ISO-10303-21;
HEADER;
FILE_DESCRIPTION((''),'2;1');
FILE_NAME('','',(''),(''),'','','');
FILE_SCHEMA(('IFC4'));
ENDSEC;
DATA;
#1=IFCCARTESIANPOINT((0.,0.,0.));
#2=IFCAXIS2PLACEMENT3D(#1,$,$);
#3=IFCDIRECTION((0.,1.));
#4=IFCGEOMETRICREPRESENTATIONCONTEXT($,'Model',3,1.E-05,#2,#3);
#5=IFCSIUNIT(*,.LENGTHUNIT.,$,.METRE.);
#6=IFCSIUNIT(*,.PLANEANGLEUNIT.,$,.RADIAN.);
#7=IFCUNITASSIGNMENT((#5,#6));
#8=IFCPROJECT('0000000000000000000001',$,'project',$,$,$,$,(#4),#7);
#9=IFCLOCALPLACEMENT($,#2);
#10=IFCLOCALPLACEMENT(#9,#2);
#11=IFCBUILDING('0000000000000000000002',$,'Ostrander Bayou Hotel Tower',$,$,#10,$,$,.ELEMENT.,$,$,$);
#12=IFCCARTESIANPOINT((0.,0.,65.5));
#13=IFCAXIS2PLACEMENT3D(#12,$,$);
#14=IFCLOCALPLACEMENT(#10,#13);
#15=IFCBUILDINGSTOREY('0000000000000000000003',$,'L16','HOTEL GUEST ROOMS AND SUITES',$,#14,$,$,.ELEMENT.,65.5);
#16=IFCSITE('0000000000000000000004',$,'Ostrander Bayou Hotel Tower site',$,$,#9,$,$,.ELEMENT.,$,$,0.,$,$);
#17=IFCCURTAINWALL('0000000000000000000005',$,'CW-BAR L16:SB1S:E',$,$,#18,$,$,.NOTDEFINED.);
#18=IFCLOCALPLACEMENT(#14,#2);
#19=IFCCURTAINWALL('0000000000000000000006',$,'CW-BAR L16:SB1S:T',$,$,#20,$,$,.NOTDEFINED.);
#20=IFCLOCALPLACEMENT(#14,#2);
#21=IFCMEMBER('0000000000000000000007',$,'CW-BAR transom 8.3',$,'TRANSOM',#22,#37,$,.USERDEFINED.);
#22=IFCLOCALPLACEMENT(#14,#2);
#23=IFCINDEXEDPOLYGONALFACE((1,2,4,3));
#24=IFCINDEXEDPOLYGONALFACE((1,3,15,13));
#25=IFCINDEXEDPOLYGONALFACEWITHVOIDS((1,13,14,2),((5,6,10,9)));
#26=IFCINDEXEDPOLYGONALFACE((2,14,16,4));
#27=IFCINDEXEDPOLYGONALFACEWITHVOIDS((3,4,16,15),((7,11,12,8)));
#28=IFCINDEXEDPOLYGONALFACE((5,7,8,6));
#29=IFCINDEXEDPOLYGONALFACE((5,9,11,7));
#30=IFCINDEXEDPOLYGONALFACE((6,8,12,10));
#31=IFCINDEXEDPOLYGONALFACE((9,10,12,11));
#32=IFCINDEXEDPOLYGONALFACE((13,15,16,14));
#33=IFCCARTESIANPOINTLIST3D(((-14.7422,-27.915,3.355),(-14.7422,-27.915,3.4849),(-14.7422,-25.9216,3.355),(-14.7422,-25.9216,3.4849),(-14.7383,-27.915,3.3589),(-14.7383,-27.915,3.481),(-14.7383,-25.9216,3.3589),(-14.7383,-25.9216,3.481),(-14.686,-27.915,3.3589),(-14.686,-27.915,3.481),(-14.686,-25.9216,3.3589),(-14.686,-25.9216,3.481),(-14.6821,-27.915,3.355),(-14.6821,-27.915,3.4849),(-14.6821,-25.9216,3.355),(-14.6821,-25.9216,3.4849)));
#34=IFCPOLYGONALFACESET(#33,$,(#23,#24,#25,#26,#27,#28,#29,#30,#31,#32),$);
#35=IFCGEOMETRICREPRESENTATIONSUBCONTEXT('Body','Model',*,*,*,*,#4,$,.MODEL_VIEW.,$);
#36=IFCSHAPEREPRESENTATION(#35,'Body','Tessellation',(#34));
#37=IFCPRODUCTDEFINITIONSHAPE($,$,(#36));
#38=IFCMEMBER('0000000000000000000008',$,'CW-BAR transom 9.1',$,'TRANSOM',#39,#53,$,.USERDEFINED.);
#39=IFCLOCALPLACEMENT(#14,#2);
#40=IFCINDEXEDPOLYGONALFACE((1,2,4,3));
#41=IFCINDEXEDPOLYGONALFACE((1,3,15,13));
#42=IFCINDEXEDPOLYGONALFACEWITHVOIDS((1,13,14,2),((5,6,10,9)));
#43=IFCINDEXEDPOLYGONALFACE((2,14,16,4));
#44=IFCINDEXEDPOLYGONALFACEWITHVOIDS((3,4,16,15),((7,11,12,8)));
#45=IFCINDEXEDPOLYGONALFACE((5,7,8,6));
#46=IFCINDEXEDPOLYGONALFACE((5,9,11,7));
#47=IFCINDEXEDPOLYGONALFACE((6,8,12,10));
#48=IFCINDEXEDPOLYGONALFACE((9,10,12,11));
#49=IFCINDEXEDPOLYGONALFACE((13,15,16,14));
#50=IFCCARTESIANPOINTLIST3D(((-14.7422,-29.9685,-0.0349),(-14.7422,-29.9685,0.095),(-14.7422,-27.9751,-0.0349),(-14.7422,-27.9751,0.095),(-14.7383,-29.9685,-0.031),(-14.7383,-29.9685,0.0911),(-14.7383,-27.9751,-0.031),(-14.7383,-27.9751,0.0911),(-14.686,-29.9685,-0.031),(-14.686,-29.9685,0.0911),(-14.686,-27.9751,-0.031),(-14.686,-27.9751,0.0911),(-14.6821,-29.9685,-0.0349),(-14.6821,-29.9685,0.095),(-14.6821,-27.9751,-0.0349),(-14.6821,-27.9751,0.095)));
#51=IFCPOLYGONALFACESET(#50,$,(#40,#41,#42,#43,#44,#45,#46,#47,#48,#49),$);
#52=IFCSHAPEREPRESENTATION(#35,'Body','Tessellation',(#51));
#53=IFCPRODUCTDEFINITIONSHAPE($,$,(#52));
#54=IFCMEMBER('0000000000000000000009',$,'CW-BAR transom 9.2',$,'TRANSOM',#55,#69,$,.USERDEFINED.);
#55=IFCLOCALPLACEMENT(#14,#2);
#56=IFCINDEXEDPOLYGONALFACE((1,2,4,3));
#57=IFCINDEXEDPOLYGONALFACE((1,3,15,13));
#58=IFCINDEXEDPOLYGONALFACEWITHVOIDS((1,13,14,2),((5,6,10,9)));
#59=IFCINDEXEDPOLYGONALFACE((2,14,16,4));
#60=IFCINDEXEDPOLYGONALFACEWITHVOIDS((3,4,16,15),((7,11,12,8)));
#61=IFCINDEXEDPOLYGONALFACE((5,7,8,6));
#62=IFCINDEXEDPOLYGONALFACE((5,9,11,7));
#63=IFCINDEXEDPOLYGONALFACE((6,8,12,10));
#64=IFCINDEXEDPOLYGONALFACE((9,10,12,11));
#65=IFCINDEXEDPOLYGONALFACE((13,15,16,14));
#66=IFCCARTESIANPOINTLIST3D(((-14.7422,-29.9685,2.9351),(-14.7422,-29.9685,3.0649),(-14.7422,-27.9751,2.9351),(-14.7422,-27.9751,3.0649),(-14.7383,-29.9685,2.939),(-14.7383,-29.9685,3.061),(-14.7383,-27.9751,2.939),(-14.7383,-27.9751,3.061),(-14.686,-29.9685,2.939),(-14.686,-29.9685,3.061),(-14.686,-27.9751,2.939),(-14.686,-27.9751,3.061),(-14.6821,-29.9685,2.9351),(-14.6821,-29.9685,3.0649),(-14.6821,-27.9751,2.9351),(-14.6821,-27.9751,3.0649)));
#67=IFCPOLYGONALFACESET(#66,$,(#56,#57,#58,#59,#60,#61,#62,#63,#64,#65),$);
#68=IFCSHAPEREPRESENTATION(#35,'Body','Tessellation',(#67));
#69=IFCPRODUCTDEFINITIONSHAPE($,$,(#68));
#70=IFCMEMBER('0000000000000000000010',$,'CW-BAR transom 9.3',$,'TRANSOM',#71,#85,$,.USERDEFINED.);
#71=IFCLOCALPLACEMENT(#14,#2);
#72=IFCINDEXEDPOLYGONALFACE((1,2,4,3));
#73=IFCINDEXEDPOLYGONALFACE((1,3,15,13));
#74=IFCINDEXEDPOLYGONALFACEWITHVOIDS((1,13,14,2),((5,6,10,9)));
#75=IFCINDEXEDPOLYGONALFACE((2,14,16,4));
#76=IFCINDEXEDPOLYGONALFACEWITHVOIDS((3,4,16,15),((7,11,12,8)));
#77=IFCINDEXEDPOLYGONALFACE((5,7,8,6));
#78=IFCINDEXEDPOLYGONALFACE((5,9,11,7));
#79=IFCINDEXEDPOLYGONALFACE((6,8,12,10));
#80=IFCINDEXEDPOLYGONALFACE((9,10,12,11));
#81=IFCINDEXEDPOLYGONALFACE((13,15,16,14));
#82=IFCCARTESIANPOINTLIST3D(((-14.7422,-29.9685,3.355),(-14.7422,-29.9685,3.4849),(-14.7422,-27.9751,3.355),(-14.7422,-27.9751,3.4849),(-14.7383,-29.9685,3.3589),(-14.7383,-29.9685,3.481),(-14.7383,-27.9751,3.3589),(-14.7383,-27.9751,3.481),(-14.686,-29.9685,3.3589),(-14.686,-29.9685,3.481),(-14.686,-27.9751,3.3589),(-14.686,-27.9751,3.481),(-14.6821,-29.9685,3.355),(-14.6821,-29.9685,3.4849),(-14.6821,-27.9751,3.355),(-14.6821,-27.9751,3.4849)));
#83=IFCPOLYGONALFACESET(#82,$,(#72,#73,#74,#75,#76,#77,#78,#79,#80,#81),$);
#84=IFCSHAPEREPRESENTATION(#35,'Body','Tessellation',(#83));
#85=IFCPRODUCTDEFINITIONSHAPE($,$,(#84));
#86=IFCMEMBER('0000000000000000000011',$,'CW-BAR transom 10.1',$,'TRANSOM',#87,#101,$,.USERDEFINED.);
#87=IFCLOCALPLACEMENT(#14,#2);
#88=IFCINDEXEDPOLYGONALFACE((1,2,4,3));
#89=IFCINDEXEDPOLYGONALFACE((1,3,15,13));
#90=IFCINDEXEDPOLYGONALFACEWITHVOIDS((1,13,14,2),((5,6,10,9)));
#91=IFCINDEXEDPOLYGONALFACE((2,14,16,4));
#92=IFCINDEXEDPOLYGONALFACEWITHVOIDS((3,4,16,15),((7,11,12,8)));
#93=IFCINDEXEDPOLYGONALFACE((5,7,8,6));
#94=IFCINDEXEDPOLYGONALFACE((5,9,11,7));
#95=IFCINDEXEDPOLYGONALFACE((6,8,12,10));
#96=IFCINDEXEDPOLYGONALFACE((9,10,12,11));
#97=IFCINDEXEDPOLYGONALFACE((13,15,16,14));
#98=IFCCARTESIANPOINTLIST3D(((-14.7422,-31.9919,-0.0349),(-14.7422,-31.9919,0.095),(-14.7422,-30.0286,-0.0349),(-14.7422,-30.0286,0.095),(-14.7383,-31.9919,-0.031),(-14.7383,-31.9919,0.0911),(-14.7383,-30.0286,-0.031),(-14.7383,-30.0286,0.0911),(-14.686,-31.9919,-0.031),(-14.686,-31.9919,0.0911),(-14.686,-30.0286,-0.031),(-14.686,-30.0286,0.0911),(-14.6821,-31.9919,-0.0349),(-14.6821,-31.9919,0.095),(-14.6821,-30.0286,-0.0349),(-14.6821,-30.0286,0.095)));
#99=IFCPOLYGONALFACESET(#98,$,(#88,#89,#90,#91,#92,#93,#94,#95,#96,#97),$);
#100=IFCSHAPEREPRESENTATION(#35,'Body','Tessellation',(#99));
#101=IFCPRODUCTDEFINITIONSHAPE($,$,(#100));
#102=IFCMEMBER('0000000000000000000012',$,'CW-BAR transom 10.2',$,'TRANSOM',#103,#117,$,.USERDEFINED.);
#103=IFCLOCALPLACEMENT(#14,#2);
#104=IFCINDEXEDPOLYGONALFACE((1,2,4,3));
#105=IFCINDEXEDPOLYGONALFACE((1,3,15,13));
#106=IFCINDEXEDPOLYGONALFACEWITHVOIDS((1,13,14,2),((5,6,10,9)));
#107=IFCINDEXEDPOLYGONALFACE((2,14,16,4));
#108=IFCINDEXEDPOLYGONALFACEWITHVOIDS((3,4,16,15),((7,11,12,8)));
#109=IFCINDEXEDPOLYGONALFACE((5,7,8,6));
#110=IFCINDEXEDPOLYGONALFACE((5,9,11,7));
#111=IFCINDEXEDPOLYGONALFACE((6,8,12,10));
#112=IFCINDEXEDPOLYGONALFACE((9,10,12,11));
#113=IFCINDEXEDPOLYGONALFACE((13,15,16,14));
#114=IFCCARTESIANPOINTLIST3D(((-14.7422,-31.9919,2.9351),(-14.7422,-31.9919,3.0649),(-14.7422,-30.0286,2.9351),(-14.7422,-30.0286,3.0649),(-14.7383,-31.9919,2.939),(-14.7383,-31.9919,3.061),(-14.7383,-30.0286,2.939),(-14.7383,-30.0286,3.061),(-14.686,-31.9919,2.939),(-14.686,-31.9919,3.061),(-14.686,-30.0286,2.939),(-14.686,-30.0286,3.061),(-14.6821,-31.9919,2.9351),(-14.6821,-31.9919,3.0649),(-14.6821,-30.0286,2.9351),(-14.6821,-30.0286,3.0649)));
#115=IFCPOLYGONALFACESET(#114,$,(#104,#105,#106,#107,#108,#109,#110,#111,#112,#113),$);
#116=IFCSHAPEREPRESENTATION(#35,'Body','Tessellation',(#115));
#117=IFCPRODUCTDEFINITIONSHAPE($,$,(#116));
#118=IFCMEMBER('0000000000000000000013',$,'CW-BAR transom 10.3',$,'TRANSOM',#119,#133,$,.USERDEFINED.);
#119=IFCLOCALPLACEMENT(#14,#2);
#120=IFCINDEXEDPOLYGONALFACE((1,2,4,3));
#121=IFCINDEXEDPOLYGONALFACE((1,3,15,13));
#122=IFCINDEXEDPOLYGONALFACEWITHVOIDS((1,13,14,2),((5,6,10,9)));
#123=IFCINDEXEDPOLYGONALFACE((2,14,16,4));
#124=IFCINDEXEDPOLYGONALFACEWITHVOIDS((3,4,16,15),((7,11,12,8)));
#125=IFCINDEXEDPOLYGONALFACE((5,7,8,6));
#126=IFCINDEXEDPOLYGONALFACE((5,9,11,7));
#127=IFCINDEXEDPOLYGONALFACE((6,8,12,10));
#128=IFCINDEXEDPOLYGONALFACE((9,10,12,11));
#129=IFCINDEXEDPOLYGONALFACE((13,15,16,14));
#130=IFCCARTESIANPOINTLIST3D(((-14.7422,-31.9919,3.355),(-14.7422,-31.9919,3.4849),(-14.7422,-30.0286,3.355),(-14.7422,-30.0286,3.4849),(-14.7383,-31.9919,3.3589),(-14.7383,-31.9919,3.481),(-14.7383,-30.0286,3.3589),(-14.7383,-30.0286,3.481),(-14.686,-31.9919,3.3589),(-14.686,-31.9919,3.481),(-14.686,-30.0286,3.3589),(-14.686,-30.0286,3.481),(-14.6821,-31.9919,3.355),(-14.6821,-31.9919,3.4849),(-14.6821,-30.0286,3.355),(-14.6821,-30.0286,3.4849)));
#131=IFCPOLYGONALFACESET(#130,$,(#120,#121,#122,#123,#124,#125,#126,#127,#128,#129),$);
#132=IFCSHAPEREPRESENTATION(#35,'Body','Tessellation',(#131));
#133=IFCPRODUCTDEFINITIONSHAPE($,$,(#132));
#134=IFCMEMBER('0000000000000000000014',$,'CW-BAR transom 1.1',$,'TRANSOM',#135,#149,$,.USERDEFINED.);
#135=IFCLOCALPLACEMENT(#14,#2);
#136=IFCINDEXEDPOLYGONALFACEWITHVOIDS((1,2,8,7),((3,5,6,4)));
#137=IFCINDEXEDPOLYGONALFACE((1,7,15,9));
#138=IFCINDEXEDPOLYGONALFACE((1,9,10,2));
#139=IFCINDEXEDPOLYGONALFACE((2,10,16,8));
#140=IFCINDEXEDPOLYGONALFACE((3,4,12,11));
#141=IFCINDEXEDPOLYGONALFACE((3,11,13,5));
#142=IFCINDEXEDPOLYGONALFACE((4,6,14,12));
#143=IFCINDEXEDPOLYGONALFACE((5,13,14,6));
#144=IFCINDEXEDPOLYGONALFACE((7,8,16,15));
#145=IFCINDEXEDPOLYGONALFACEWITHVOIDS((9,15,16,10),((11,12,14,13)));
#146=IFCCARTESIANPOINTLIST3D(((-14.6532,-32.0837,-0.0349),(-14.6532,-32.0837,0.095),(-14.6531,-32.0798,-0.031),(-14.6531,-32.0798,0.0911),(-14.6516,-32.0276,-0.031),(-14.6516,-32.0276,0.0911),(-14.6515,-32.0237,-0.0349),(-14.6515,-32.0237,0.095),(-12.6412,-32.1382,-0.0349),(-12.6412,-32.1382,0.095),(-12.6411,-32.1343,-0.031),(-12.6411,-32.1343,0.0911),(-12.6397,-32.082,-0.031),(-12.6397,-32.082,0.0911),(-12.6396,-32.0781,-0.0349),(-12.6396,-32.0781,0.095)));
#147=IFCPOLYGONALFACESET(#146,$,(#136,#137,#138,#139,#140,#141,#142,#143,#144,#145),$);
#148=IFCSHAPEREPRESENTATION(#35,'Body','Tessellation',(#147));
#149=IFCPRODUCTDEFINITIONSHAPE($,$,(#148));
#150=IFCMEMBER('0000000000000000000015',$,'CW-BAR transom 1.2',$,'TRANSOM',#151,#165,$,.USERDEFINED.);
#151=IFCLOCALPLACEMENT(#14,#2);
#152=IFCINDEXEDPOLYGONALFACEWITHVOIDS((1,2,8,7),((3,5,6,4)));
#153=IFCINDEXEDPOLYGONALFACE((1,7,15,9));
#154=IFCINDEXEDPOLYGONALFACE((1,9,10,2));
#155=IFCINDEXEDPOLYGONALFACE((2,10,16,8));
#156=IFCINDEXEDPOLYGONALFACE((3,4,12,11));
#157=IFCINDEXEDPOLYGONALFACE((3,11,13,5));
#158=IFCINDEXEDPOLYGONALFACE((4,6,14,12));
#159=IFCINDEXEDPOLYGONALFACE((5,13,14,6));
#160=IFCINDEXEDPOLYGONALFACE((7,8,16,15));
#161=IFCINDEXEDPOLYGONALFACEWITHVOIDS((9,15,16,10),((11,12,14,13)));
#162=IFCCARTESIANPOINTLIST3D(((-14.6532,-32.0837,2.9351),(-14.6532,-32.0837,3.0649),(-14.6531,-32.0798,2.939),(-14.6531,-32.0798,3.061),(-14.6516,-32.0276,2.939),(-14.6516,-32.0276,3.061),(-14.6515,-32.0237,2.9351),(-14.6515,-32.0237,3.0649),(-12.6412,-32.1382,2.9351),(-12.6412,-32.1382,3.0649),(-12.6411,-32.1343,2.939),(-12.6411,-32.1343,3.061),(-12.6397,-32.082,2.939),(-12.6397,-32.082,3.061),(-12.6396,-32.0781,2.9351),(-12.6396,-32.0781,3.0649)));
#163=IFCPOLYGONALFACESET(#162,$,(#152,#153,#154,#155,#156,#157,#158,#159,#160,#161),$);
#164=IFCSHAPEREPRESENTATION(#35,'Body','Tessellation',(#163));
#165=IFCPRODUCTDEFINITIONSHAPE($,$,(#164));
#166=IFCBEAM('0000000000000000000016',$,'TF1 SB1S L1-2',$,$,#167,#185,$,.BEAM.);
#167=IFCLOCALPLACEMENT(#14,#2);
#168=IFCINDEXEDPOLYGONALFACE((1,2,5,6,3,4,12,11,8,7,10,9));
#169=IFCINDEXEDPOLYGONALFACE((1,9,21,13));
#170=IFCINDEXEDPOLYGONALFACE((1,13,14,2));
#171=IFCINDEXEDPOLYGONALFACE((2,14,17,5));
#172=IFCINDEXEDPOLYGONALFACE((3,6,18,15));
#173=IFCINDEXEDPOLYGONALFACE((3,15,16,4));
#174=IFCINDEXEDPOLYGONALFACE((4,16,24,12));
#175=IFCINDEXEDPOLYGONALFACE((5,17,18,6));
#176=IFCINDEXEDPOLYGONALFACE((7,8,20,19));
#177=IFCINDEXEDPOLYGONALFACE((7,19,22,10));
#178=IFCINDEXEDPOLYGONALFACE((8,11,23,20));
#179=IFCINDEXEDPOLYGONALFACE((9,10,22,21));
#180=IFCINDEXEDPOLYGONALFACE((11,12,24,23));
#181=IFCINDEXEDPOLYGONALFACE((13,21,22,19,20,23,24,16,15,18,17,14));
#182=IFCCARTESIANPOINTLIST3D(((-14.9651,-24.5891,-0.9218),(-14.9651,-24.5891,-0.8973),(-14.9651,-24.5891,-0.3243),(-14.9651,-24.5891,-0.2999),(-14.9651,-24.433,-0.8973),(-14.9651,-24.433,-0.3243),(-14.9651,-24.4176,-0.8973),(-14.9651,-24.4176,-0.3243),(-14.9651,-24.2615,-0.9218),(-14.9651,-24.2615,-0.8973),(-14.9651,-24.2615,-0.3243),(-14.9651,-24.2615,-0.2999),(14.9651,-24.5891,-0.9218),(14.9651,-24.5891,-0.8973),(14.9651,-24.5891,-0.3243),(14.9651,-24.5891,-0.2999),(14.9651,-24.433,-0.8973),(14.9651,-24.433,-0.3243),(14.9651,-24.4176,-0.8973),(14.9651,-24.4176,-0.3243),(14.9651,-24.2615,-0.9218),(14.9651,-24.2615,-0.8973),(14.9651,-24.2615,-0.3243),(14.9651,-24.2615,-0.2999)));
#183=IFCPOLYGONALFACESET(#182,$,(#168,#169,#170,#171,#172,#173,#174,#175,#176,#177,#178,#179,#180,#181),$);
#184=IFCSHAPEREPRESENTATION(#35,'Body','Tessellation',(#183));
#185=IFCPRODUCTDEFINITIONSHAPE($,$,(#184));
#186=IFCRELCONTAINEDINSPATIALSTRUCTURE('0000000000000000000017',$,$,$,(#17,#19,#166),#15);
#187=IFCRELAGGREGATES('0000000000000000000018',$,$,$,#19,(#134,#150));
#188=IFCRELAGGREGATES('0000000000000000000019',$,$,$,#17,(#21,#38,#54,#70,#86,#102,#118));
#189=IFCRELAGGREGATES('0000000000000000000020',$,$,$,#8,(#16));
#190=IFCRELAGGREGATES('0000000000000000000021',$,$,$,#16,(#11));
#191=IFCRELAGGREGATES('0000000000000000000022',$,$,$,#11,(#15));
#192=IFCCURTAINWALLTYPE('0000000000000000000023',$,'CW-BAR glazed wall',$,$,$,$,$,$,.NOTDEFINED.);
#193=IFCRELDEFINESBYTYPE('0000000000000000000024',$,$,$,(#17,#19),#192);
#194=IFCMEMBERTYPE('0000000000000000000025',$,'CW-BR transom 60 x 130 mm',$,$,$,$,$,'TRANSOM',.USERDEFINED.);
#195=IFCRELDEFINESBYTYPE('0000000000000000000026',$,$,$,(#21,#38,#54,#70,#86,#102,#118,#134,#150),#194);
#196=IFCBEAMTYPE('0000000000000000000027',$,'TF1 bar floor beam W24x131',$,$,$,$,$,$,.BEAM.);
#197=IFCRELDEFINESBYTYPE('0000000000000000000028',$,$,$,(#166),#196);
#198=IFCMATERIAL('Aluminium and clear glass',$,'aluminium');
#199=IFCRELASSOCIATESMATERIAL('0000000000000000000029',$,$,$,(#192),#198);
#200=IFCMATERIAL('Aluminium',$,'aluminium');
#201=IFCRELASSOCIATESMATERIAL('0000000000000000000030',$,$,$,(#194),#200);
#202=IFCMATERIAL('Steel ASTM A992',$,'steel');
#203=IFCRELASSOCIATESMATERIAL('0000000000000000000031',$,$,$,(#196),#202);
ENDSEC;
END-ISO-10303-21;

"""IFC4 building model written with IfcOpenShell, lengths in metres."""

from ifc_helpers import new_model, si_unit, direction, frame, origin, origin_2d, place, context, subcontext, project, spatial, hollow_rectangle, i_section, extrude, material, material_profile, profile_set, type_object, element, aggregate, save


model = new_model("IFC4")

# Units and contexts
model_context = context("Model", 3, precision=1e-05, world=origin(), true_north=direction((0.0, 1.0)))
body_context = subcontext(model_context, "Body", "Model", "MODEL_VIEW")
ifc_project = project(units=[si_unit("LENGTHUNIT", "METRE"), si_unit("PLANEANGLEUNIT", "RADIAN")], contexts=[model_context])

# Site, building, storey
site_placement = place(None, origin())
site = spatial("IfcSite", under=ifc_project, at=site_placement, Name="Ostrander Bayou Hotel Tower site", CompositionType="ELEMENT", RefElevation=0.0)
building_placement = place(site_placement, origin())
building = spatial("IfcBuilding", under=site, at=building_placement, Name="Ostrander Bayou Hotel Tower", CompositionType="ELEMENT")
storey_placement = place(building_placement, frame((0.0, 0.0, 65.5)))
storey = spatial("IfcBuildingStorey", under=building, at=storey_placement, Name="L16", Description="HOTEL GUEST ROOMS AND SUITES", CompositionType="ELEMENT", Elevation=65.5)

# Curtain wall
ifc_material_1 = material(Name="Aluminium and clear glass", Category="aluminium")
curtain_wall_type = type_object("IfcCurtainWallType", Name="CW-BAR glazed wall", PredefinedType="NOTDEFINED", material=ifc_material_1)
curtain_wall_1_placement = place(storey_placement, origin())
curtain_wall_1 = element("IfcCurtainWall", 1, at=curtain_wall_1_placement, inside=storey, type_object=curtain_wall_type, Name="CW-BAR L16:SB1S:E", PredefinedType="NOTDEFINED")

# Curtain wall
curtain_wall_2_placement = place(storey_placement, origin())
curtain_wall_2 = element("IfcCurtainWall", 2, at=curtain_wall_2_placement, inside=storey, type_object=curtain_wall_type, Name="CW-BAR L16:SB1S:T", PredefinedType="NOTDEFINED")

# Members
ifc_material_2 = material(Name="Aluminium", Category="aluminium")
ifc_material_profile_1 = material_profile(ifc_material_2, hollow_rectangle(XDim=0.0601, YDim=0.1299, WallThickness=0.0039, at=origin_2d()))
ifc_profile_set_1 = profile_set([ifc_material_profile_1], Name="Aluminium")
member_type_1 = type_object("IfcMemberType", Name="CW-BR transom 60 x 130 mm", ElementType="TRANSOM", PredefinedType="USERDEFINED", material=ifc_profile_set_1)
member_1_placement = place(storey_placement, frame((-14.7122, -25.9216, 3.4199), z_axis=(0.0, -1.0, 0.0), x_axis=(1.0, 0.0, 0.0)))
member_1 = element("IfcMember", 3, at=member_1_placement, type_object=member_type_1, Name="CW-BAR transom 8.3", ObjectType="TRANSOM", PredefinedType="USERDEFINED", context=body_context, shape_type="SweptSolid", body=[
    extrude(hollow_rectangle(XDim=0.0601, YDim=0.1299, WallThickness=0.0039, at=origin_2d()), origin(), (0.0, 0.0, 1.0), 1.9934),
])
member_2_placement = place(storey_placement, frame((-14.7122, -27.9751, 0.03), z_axis=(0.0, -1.0, 0.0), x_axis=(1.0, 0.0, 0.0)))
member_2 = element("IfcMember", 4, at=member_2_placement, type_object=member_type_1, Name="CW-BAR transom 9.1", ObjectType="TRANSOM", PredefinedType="USERDEFINED", context=body_context, shape_type="SweptSolid", body=[
    extrude(hollow_rectangle(XDim=0.0601, YDim=0.1299, WallThickness=0.0039, at=origin_2d()), origin(), (0.0, 0.0, 1.0), 1.9934),
])
member_3_placement = place(storey_placement, frame((-14.7122, -27.9751, 3.0), z_axis=(0.0, -1.0, 0.0), x_axis=(1.0, 0.0, 0.0)))
member_3 = element("IfcMember", 5, at=member_3_placement, type_object=member_type_1, Name="CW-BAR transom 9.2", ObjectType="TRANSOM", PredefinedType="USERDEFINED", context=body_context, shape_type="SweptSolid", body=[
    extrude(hollow_rectangle(XDim=0.0601, YDim=0.1299, WallThickness=0.0039, at=origin_2d()), origin(), (0.0, 0.0, 1.0), 1.9934),
])
member_4_placement = place(storey_placement, frame((-14.7122, -27.9751, 3.4199), z_axis=(0.0, -1.0, 0.0), x_axis=(1.0, 0.0, 0.0)))
member_4 = element("IfcMember", 6, at=member_4_placement, type_object=member_type_1, Name="CW-BAR transom 9.3", ObjectType="TRANSOM", PredefinedType="USERDEFINED", context=body_context, shape_type="SweptSolid", body=[
    extrude(hollow_rectangle(XDim=0.0601, YDim=0.1299, WallThickness=0.0039, at=origin_2d()), origin(), (0.0, 0.0, 1.0), 1.9934),
])
member_5_placement = place(storey_placement, frame((-14.7122, -30.0286, 0.03), z_axis=(0.0, -1.0, 0.0), x_axis=(1.0, 0.0, 0.0)))
member_5 = element("IfcMember", 7, at=member_5_placement, type_object=member_type_1, Name="CW-BAR transom 10.1", ObjectType="TRANSOM", PredefinedType="USERDEFINED", context=body_context, shape_type="SweptSolid", body=[
    extrude(hollow_rectangle(XDim=0.0601, YDim=0.1299, WallThickness=0.0039, at=origin_2d()), origin(), (0.0, 0.0, 1.0), 1.9634),
])
member_6_placement = place(storey_placement, frame((-14.7122, -30.0286, 3.0), z_axis=(0.0, -1.0, 0.0), x_axis=(1.0, 0.0, 0.0)))
member_6 = element("IfcMember", 8, at=member_6_placement, type_object=member_type_1, Name="CW-BAR transom 10.2", ObjectType="TRANSOM", PredefinedType="USERDEFINED", context=body_context, shape_type="SweptSolid", body=[
    extrude(hollow_rectangle(XDim=0.0601, YDim=0.1299, WallThickness=0.0039, at=origin_2d()), origin(), (0.0, 0.0, 1.0), 1.9634),
])
member_7_placement = place(storey_placement, frame((-14.7122, -30.0286, 3.4199), z_axis=(0.0, -1.0, 0.0), x_axis=(1.0, 0.0, 0.0)))
member_7 = element("IfcMember", 9, at=member_7_placement, type_object=member_type_1, Name="CW-BAR transom 10.3", ObjectType="TRANSOM", PredefinedType="USERDEFINED", context=body_context, shape_type="SweptSolid", body=[
    extrude(hollow_rectangle(XDim=0.0601, YDim=0.1299, WallThickness=0.0039, at=origin_2d()), origin(), (0.0, 0.0, 1.0), 1.9634),
])
member_8_placement = place(storey_placement, frame((-14.6523, -32.0537, 0.03), z_axis=(0.999634, -0.02705, 0.0), x_axis=(0.02705, 0.999634, 0.0)))
member_8 = element("IfcMember", 10, at=member_8_placement, type_object=member_type_1, Name="CW-BAR transom 1.1", ObjectType="TRANSOM", PredefinedType="USERDEFINED", context=body_context, shape_type="SweptSolid", body=[
    extrude(hollow_rectangle(XDim=0.0601, YDim=0.1299, WallThickness=0.0039, at=origin_2d()), origin(), (0.0, 0.0, 1.0), 2.0127),
])
member_9_placement = place(storey_placement, frame((-14.6523, -32.0537, 3.0), z_axis=(0.999634, -0.02705, 0.0), x_axis=(0.02705, 0.999634, 0.0)))
member_9 = element("IfcMember", 11, at=member_9_placement, type_object=member_type_1, Name="CW-BAR transom 1.2", ObjectType="TRANSOM", PredefinedType="USERDEFINED", context=body_context, shape_type="SweptSolid", body=[
    extrude(hollow_rectangle(XDim=0.0601, YDim=0.1299, WallThickness=0.0039, at=origin_2d()), origin(), (0.0, 0.0, 1.0), 2.0127),
])
aggregate(curtain_wall_2, [member_8, member_9])

# Beam
ifc_material_3 = material(Name="Steel ASTM A992", Category="steel")
ifc_material_profile_2 = material_profile(ifc_material_3, i_section(OverallWidth=0.3276, OverallDepth=0.6218, WebThickness=0.0154, FlangeThickness=0.0244, at=origin_2d()))
ifc_profile_set_2 = profile_set([ifc_material_profile_2], Name="Steel ASTM A992")
beam_type = type_object("IfcBeamType", Name="TF1 bar floor beam W24x131", PredefinedType="BEAM", material=ifc_profile_set_2)
for number, where, z_axis, x_axis, name in (
    (12, (-14.9651, -24.4253, -0.6108), (1.0, 0.0, 0.0), (0.0, 1.0, 0.0), "TF1 SB1S L1-2"),
):
    element("IfcBeam", number, at=place(storey_placement, frame(where, z_axis=z_axis, x_axis=x_axis)), inside=storey, type_object=beam_type, Name=name, PredefinedType="BEAM", context=body_context, shape_type="SweptSolid", body=[
        extrude(i_section(OverallWidth=0.3276, OverallDepth=0.6218, WebThickness=0.0154, FlangeThickness=0.0244, at=origin_2d()), origin(), (0.0, 0.0, 1.0), 29.9302),
    ])

aggregate(curtain_wall_1, [member_1, member_2, member_3, member_4, member_5, member_6, member_7])

save(model, "model.ifc")
